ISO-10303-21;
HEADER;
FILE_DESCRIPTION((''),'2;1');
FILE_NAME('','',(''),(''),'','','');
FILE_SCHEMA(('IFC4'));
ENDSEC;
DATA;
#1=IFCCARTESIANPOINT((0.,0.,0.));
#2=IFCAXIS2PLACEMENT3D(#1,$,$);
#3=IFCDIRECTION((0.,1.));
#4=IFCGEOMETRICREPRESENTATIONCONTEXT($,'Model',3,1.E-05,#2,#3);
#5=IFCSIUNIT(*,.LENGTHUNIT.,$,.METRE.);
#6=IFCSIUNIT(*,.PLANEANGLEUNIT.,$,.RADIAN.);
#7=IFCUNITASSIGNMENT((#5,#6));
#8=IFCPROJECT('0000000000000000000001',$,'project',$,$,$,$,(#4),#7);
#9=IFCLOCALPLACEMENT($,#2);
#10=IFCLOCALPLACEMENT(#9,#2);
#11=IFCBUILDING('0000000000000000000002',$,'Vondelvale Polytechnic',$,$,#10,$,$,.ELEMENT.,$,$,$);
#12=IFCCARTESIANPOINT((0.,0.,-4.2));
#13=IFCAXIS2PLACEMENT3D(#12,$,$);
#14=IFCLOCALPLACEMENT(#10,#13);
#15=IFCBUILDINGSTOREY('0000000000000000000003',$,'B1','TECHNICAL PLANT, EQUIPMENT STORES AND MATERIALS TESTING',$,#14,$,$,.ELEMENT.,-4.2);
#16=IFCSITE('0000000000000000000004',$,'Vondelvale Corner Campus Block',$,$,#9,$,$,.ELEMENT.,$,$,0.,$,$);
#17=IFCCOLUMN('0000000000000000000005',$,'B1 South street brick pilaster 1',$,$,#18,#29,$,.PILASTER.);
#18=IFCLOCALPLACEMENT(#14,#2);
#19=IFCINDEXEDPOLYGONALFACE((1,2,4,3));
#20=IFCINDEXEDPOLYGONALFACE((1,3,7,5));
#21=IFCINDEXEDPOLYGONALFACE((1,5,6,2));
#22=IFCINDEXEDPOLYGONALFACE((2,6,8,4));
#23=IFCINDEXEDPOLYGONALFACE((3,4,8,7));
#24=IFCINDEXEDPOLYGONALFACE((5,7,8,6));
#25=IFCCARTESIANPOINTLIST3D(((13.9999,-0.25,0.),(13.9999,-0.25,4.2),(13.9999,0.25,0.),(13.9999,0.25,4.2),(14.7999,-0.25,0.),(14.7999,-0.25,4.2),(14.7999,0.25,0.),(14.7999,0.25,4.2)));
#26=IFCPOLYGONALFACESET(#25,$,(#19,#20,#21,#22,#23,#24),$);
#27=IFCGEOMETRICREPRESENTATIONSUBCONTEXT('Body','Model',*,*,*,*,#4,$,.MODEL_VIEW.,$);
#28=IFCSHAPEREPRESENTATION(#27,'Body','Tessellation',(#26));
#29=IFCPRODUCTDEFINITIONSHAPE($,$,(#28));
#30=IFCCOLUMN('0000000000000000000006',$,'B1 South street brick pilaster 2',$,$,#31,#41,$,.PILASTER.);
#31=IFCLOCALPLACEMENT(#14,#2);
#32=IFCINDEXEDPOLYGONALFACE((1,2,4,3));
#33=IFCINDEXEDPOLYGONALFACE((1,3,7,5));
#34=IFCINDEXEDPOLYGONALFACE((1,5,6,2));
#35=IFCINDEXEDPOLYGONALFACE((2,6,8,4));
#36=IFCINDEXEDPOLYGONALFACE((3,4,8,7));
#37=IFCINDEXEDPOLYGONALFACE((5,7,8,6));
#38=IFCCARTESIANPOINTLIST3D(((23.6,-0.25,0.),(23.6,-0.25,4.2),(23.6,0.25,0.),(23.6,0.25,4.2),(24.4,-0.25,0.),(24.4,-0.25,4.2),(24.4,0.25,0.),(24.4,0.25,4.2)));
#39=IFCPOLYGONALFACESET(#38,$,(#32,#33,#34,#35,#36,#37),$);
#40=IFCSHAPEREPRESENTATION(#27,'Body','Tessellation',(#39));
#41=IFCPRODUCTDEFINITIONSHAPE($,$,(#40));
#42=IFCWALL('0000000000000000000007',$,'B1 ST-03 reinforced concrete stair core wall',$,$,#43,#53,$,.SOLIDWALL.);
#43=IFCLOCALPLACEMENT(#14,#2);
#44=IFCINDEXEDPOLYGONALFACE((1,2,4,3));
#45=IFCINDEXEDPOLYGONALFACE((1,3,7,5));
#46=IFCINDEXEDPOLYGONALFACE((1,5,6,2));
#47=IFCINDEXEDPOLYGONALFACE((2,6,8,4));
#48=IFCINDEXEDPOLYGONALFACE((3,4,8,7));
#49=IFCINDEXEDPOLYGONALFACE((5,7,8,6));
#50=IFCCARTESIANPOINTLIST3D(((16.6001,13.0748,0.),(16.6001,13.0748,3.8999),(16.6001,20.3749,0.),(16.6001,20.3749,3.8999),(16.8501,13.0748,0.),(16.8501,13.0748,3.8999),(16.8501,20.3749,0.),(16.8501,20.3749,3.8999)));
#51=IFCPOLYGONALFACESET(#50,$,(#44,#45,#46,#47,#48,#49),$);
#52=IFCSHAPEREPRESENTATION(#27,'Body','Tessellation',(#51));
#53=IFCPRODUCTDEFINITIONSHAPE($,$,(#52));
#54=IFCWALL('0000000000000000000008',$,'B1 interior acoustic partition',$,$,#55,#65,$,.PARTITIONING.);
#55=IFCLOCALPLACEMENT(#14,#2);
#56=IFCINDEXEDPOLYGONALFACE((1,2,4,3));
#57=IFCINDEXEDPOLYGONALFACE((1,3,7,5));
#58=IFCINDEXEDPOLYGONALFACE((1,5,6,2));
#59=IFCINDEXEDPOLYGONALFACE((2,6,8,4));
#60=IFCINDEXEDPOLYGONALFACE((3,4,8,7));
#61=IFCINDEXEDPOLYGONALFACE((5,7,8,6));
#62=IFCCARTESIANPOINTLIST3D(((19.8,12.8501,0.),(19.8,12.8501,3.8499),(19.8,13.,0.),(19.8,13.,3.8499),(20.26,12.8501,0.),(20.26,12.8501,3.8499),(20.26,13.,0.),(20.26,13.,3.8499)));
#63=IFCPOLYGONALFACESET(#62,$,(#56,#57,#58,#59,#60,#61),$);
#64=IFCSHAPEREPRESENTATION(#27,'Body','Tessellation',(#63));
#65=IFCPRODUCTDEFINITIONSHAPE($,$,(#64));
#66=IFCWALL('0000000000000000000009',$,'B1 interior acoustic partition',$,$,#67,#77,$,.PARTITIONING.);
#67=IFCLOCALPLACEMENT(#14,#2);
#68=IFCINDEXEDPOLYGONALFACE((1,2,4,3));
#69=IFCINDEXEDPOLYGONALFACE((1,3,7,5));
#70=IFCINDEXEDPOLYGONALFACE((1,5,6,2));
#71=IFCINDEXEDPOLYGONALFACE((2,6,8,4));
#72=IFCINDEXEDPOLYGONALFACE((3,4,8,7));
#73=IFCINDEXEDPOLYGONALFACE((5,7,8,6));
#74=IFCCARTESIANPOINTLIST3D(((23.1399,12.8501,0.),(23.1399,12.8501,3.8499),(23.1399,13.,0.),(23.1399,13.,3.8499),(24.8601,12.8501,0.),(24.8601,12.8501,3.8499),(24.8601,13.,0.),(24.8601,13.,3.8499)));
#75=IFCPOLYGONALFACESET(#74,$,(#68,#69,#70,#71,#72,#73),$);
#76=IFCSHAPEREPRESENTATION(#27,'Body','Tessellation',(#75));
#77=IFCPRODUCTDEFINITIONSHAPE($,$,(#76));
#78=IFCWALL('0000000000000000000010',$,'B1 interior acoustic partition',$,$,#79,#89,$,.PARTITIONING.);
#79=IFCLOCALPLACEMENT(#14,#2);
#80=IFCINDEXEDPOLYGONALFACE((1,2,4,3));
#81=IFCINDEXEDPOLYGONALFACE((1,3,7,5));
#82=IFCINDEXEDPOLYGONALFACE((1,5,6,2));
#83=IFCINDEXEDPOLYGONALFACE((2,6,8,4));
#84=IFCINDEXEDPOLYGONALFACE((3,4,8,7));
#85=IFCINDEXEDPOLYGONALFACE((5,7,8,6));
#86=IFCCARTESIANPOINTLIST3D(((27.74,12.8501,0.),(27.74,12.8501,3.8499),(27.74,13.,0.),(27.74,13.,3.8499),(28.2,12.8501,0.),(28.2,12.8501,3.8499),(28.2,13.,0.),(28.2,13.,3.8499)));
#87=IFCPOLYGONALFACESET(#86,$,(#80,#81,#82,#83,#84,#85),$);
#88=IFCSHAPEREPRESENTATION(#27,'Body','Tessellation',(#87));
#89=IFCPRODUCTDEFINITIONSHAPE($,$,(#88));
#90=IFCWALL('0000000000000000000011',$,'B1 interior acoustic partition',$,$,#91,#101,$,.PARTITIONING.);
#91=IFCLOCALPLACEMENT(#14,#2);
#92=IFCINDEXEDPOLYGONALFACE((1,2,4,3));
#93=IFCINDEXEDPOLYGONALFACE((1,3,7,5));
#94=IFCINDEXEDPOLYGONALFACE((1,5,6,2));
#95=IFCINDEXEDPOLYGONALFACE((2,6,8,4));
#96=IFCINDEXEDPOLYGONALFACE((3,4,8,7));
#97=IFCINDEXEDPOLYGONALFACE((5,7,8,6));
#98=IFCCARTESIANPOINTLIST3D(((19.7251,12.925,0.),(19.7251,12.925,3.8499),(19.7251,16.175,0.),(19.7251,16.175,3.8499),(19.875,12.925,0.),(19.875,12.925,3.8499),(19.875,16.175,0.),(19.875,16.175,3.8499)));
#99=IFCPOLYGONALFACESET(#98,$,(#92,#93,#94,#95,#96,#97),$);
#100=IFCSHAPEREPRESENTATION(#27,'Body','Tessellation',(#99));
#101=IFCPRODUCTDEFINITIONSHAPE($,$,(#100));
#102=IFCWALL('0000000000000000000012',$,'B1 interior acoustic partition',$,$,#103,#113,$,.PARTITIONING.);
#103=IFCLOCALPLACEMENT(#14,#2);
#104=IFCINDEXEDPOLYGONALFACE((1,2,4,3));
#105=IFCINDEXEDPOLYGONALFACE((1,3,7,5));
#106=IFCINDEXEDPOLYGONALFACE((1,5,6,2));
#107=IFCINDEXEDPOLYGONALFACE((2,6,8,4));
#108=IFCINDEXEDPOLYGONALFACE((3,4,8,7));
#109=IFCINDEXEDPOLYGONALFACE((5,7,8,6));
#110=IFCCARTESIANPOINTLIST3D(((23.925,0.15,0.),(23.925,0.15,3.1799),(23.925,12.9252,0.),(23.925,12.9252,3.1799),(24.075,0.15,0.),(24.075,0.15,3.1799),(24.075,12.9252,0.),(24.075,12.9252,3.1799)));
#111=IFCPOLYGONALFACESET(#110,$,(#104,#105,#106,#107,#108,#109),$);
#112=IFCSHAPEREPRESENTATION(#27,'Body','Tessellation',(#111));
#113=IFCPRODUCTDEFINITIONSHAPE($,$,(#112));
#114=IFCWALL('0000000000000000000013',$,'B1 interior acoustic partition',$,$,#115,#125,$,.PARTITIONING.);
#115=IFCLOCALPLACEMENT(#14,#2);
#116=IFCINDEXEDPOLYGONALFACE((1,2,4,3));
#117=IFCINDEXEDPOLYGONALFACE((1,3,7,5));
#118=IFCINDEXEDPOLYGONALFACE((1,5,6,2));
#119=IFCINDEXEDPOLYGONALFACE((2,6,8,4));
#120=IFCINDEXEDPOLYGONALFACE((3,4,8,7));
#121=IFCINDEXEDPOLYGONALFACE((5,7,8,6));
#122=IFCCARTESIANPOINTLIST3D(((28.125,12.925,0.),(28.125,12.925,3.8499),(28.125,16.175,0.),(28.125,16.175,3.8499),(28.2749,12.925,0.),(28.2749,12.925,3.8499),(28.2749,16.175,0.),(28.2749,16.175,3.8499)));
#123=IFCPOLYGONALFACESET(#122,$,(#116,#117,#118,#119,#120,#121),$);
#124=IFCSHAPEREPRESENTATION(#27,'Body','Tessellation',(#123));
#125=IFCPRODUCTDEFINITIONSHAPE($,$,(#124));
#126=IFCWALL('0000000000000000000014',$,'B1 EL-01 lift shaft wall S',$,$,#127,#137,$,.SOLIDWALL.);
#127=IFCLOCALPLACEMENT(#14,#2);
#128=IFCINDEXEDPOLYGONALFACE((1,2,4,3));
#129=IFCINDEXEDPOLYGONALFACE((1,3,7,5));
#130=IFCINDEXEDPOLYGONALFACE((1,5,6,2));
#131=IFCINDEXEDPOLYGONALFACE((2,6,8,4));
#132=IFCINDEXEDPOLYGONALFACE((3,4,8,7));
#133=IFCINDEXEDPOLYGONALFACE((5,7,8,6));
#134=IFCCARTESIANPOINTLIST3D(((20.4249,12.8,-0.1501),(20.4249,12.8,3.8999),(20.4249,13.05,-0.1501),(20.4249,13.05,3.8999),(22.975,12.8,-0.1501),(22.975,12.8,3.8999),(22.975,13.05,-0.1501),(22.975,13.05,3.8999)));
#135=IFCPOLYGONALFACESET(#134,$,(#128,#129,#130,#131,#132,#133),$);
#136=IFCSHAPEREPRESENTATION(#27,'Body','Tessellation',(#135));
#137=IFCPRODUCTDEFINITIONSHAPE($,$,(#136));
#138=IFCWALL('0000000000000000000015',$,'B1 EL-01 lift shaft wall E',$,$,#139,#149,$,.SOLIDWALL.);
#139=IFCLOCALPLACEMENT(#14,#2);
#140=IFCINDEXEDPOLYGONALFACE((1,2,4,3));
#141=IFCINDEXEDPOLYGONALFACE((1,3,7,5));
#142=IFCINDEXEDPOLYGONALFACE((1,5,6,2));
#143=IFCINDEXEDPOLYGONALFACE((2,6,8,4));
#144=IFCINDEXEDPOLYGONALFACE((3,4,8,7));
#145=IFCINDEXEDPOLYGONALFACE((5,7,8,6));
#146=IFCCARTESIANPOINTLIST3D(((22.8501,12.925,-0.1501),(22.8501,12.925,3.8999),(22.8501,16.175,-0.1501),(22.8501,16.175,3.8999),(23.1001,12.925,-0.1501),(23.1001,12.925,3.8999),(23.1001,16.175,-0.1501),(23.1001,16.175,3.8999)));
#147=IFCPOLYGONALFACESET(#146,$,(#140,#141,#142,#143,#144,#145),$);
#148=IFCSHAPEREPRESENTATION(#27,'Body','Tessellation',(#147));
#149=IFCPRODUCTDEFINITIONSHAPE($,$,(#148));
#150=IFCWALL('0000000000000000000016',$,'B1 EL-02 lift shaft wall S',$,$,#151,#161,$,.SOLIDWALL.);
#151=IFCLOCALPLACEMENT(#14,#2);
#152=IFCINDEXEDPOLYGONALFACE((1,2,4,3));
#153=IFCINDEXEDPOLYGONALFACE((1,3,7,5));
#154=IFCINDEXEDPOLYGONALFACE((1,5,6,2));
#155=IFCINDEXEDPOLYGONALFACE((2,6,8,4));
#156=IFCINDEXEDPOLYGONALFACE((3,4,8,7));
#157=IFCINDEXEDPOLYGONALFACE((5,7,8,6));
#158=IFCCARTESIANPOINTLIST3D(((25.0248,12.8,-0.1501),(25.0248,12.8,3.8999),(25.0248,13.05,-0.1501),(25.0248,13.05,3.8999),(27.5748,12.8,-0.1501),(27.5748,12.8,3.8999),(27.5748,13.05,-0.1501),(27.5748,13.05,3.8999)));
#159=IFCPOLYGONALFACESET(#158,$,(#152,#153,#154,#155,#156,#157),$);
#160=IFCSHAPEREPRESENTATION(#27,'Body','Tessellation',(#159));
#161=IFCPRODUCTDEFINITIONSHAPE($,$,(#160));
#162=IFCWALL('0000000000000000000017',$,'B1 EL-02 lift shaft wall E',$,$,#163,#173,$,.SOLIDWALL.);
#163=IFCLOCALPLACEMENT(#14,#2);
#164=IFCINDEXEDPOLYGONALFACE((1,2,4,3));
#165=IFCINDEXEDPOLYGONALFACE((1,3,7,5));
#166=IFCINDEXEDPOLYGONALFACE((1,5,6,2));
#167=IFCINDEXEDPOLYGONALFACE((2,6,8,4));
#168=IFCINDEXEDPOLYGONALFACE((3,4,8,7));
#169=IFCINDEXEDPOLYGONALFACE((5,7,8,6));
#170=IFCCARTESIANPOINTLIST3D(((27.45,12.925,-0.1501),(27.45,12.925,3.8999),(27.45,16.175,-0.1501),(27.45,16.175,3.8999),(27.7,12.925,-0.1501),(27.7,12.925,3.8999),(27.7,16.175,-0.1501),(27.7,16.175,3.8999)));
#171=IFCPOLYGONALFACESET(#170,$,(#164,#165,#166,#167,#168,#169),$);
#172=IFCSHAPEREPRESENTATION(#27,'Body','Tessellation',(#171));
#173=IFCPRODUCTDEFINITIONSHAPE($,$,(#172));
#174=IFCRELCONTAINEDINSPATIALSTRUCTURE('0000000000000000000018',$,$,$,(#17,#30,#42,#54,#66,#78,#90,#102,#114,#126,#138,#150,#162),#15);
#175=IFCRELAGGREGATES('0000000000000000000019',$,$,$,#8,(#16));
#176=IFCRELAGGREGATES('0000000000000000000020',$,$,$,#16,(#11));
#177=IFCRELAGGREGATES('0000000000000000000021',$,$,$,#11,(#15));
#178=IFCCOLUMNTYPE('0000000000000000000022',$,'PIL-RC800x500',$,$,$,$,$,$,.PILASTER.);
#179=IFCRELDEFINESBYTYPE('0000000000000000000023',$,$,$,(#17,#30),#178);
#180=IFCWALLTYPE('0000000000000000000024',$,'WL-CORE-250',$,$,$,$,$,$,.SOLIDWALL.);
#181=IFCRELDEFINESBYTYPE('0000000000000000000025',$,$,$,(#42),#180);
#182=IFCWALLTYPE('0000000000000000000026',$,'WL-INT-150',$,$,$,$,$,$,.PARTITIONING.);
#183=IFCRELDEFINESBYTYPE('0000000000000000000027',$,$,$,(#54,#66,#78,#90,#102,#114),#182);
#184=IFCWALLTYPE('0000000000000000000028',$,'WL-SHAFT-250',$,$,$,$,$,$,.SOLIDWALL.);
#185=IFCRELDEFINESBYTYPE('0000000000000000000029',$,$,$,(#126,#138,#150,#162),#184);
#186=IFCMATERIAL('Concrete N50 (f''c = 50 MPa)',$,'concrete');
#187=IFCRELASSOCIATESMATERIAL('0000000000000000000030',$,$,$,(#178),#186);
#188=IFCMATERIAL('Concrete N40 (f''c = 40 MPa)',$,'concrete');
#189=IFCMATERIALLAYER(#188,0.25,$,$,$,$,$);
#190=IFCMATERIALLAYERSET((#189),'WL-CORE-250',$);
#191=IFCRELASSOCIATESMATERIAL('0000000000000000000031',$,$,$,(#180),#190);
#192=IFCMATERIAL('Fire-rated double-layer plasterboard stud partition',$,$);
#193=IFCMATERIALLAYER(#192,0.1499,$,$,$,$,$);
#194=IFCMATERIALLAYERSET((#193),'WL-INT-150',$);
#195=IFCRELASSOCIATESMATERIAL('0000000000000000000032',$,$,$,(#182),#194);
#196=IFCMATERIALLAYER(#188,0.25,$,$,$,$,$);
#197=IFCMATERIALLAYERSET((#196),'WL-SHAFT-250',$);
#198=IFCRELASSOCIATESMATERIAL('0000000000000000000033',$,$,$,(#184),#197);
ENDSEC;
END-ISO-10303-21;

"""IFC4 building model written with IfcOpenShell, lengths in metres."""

from ifc_helpers import new_model, si_unit, direction, frame, frame_2d, origin, origin_2d, place, context, subcontext, project, spatial, rectangle, extrude, material, layer, layer_set, material_profile, profile_set, type_object, element, save


model = new_model("IFC4")

# Units and contexts
model_context = context("Model", 3, precision=1e-05, world=origin(), true_north=direction((0.0, 1.0)))
body_context = subcontext(model_context, "Body", "Model", "MODEL_VIEW")
ifc_project = project(units=[si_unit("LENGTHUNIT", "METRE"), si_unit("PLANEANGLEUNIT", "RADIAN")], contexts=[model_context])

# Site, building, storey
site_placement = place(None, origin())
site = spatial("IfcSite", under=ifc_project, at=site_placement, Name="Vondelvale Corner Campus Block", CompositionType="ELEMENT", RefElevation=0.0)
building_placement = place(site_placement, origin())
building = spatial("IfcBuilding", under=site, at=building_placement, Name="Vondelvale Polytechnic", CompositionType="ELEMENT")
storey_placement = place(building_placement, frame((0.0, 0.0, -4.2)))
storey = spatial("IfcBuildingStorey", under=building, at=storey_placement, Name="B1", Description="TECHNICAL PLANT, EQUIPMENT STORES AND MATERIALS TESTING", CompositionType="ELEMENT", Elevation=-4.2)

# Shared definitions
ifc_material_1 = material(Name="Concrete N40 (f'c = 40 MPa)", Category="concrete")

# Columns
ifc_material_2 = material(Name="Concrete N50 (f'c = 50 MPa)", Category="concrete")
ifc_material_profile_1 = material_profile(ifc_material_2, rectangle(XDim=0.5, YDim=0.8, at=origin_2d()), Name="RC-PIL-800x500")
ifc_profile_set_1 = profile_set([ifc_material_profile_1], Name="Concrete N50 (f'c = 50 MPa)")
column_type_1 = type_object("IfcColumnType", Name="PIL-RC800x500", PredefinedType="PILASTER", material=ifc_profile_set_1)
for number, where, z_axis, x_axis, name in (
    (1, (14.3999, 0.0, 0.0), (0.0, 0.0, 1.0), (0.0, 1.0, 0.0), "B1 South street brick pilaster 1"),
    (2, (24.0, 0.0, 0.0), (0.0, 0.0, 1.0), (0.0, 1.0, 0.0), "B1 South street brick pilaster 2"),
):
    element("IfcColumn", number, at=place(storey_placement, frame(where, z_axis=z_axis, x_axis=x_axis)), inside=storey, type_object=column_type_1, Name=name, PredefinedType="PILASTER", context=body_context, shape_type="SweptSolid", body=[
        extrude(rectangle(XDim=0.5, YDim=0.8, at=origin_2d()), origin(), (0.0, 0.0, 1.0), 4.2),
    ])

# Walls
ifc_layer_1 = layer(ifc_material_1, 0.25)
ifc_layer_set_1 = layer_set([ifc_layer_1], Name="WL-CORE-250")
wall_type_1 = type_object("IfcWallType", Name="WL-CORE-250", PredefinedType="SOLIDWALL", material=ifc_layer_set_1)
wall_1_placement = place(storey_placement, frame((16.7251, 13.075, 0.0), z_axis=(0.0, 0.0, 1.0), x_axis=(0.0, 1.0, 0.0)))
element("IfcWall", 3, at=wall_1_placement, inside=storey, type_object=wall_type_1, Name="B1 ST-03 reinforced concrete stair core wall", PredefinedType="SOLIDWALL", context=body_context, shape_type="SweptSolid", body=[
    extrude(rectangle(XDim=7.3, YDim=0.25, at=frame_2d((3.6499, 0.0))), origin(), (0.0, 0.0, 1.0), 3.8999),
])
ifc_material_3 = material(Name="Fire-rated double-layer plasterboard stud partition")
ifc_layer_2 = layer(ifc_material_3, 0.1499)
ifc_layer_set_2 = layer_set([ifc_layer_2], Name="WL-INT-150")
wall_type_2 = type_object("IfcWallType", Name="WL-INT-150", PredefinedType="PARTITIONING", material=ifc_layer_set_2)
wall_2_placement = place(storey_placement, frame((19.8, 12.925, 0.0), z_axis=(0.0, 0.0, 1.0), x_axis=(1.0, 0.0, 0.0)))
element("IfcWall", 4, at=wall_2_placement, inside=storey, type_object=wall_type_2, Name="B1 interior acoustic partition", PredefinedType="PARTITIONING", context=body_context, shape_type="SweptSolid", body=[
    extrude(rectangle(XDim=0.46, YDim=0.1499, at=frame_2d((0.23, 0.0))), origin(), (0.0, 0.0, 1.0), 3.8499),
])
wall_3_placement = place(storey_placement, frame((23.1399, 12.925, 0.0), z_axis=(0.0, 0.0, 1.0), x_axis=(1.0, 0.0, 0.0)))
element("IfcWall", 5, at=wall_3_placement, inside=storey, type_object=wall_type_2, Name="B1 interior acoustic partition", PredefinedType="PARTITIONING", context=body_context, shape_type="SweptSolid", body=[
    extrude(rectangle(XDim=1.7202, YDim=0.1499, at=frame_2d((0.8601, 0.0))), origin(), (0.0, 0.0, 1.0), 3.8499),
])
wall_4_placement = place(storey_placement, frame((27.74, 12.925, 0.0), z_axis=(0.0, 0.0, 1.0), x_axis=(1.0, 0.0, 0.0)))
element("IfcWall", 6, at=wall_4_placement, inside=storey, type_object=wall_type_2, Name="B1 interior acoustic partition", PredefinedType="PARTITIONING", context=body_context, shape_type="SweptSolid", body=[
    extrude(rectangle(XDim=0.46, YDim=0.1499, at=frame_2d((0.23, 0.0))), origin(), (0.0, 0.0, 1.0), 3.8499),
])
wall_5_placement = place(storey_placement, frame((19.8, 12.925, 0.0), z_axis=(0.0, 0.0, 1.0), x_axis=(0.0, 1.0, 0.0)))
element("IfcWall", 7, at=wall_5_placement, inside=storey, type_object=wall_type_2, Name="B1 interior acoustic partition", PredefinedType="PARTITIONING", context=body_context, shape_type="SweptSolid", body=[
    extrude(rectangle(XDim=3.25, YDim=0.1499, at=frame_2d((1.625, 0.0))), origin(), (0.0, 0.0, 1.0), 3.8499),
])
wall_6_placement = place(storey_placement, frame((24.0, 0.1499, 0.0), z_axis=(0.0, 0.0, 1.0), x_axis=(0.0, 1.0, 0.0)))
element("IfcWall", 8, at=wall_6_placement, inside=storey, type_object=wall_type_2, Name="B1 interior acoustic partition", PredefinedType="PARTITIONING", context=body_context, shape_type="SweptSolid", body=[
    extrude(rectangle(XDim=12.7751, YDim=0.1499, at=frame_2d((6.3877, 0.0))), origin(), (0.0, 0.0, 1.0), 3.1799),
])
wall_7_placement = place(storey_placement, frame((28.2, 12.925, 0.0), z_axis=(0.0, 0.0, 1.0), x_axis=(0.0, 1.0, 0.0)))
element("IfcWall", 9, at=wall_7_placement, inside=storey, type_object=wall_type_2, Name="B1 interior acoustic partition", PredefinedType="PARTITIONING", context=body_context, shape_type="SweptSolid", body=[
    extrude(rectangle(XDim=3.25, YDim=0.1499, at=frame_2d((1.625, 0.0))), origin(), (0.0, 0.0, 1.0), 3.8499),
])
ifc_layer_3 = layer(ifc_material_1, 0.25)
ifc_layer_set_3 = layer_set([ifc_layer_3], Name="WL-SHAFT-250")
wall_type_3 = type_object("IfcWallType", Name="WL-SHAFT-250", PredefinedType="SOLIDWALL", material=ifc_layer_set_3)
wall_8_placement = place(storey_placement, frame((20.425, 12.925, -0.1501), z_axis=(0.0, 0.0, 1.0), x_axis=(1.0, 0.0, 0.0)))
element("IfcWall", 10, at=wall_8_placement, inside=storey, type_object=wall_type_3, Name="B1 EL-01 lift shaft wall S", PredefinedType="SOLIDWALL", context=body_context, shape_type="SweptSolid", body=[
    extrude(rectangle(XDim=2.55, YDim=0.25, at=frame_2d((1.2749, 0.0))), origin(), (0.0, 0.0, 1.0), 4.05),
])
wall_9_placement = place(storey_placement, frame((22.9751, 12.925, -0.1501), z_axis=(0.0, 0.0, 1.0), x_axis=(0.0, 1.0, 0.0)))
element("IfcWall", 11, at=wall_9_placement, inside=storey, type_object=wall_type_3, Name="B1 EL-01 lift shaft wall E", PredefinedType="SOLIDWALL", context=body_context, shape_type="SweptSolid", body=[
    extrude(rectangle(XDim=3.25, YDim=0.25, at=frame_2d((1.625, 0.0))), origin(), (0.0, 0.0, 1.0), 4.05),
])
wall_10_placement = place(storey_placement, frame((25.0249, 12.925, -0.1501), z_axis=(0.0, 0.0, 1.0), x_axis=(1.0, 0.0, 0.0)))
element("IfcWall", 12, at=wall_10_placement, inside=storey, type_object=wall_type_3, Name="B1 EL-02 lift shaft wall S", PredefinedType="SOLIDWALL", context=body_context, shape_type="SweptSolid", body=[
    extrude(rectangle(XDim=2.55, YDim=0.25, at=frame_2d((1.2749, 0.0))), origin(), (0.0, 0.0, 1.0), 4.05),
])
wall_11_placement = place(storey_placement, frame((27.575, 12.925, -0.1501), z_axis=(0.0, 0.0, 1.0), x_axis=(0.0, 1.0, 0.0)))
element("IfcWall", 13, at=wall_11_placement, inside=storey, type_object=wall_type_3, Name="B1 EL-02 lift shaft wall E", PredefinedType="SOLIDWALL", context=body_context, shape_type="SweptSolid", body=[
    extrude(rectangle(XDim=3.25, YDim=0.25, at=frame_2d((1.625, 0.0))), origin(), (0.0, 0.0, 1.0), 4.05),
])

save(model, "model.ifc")
